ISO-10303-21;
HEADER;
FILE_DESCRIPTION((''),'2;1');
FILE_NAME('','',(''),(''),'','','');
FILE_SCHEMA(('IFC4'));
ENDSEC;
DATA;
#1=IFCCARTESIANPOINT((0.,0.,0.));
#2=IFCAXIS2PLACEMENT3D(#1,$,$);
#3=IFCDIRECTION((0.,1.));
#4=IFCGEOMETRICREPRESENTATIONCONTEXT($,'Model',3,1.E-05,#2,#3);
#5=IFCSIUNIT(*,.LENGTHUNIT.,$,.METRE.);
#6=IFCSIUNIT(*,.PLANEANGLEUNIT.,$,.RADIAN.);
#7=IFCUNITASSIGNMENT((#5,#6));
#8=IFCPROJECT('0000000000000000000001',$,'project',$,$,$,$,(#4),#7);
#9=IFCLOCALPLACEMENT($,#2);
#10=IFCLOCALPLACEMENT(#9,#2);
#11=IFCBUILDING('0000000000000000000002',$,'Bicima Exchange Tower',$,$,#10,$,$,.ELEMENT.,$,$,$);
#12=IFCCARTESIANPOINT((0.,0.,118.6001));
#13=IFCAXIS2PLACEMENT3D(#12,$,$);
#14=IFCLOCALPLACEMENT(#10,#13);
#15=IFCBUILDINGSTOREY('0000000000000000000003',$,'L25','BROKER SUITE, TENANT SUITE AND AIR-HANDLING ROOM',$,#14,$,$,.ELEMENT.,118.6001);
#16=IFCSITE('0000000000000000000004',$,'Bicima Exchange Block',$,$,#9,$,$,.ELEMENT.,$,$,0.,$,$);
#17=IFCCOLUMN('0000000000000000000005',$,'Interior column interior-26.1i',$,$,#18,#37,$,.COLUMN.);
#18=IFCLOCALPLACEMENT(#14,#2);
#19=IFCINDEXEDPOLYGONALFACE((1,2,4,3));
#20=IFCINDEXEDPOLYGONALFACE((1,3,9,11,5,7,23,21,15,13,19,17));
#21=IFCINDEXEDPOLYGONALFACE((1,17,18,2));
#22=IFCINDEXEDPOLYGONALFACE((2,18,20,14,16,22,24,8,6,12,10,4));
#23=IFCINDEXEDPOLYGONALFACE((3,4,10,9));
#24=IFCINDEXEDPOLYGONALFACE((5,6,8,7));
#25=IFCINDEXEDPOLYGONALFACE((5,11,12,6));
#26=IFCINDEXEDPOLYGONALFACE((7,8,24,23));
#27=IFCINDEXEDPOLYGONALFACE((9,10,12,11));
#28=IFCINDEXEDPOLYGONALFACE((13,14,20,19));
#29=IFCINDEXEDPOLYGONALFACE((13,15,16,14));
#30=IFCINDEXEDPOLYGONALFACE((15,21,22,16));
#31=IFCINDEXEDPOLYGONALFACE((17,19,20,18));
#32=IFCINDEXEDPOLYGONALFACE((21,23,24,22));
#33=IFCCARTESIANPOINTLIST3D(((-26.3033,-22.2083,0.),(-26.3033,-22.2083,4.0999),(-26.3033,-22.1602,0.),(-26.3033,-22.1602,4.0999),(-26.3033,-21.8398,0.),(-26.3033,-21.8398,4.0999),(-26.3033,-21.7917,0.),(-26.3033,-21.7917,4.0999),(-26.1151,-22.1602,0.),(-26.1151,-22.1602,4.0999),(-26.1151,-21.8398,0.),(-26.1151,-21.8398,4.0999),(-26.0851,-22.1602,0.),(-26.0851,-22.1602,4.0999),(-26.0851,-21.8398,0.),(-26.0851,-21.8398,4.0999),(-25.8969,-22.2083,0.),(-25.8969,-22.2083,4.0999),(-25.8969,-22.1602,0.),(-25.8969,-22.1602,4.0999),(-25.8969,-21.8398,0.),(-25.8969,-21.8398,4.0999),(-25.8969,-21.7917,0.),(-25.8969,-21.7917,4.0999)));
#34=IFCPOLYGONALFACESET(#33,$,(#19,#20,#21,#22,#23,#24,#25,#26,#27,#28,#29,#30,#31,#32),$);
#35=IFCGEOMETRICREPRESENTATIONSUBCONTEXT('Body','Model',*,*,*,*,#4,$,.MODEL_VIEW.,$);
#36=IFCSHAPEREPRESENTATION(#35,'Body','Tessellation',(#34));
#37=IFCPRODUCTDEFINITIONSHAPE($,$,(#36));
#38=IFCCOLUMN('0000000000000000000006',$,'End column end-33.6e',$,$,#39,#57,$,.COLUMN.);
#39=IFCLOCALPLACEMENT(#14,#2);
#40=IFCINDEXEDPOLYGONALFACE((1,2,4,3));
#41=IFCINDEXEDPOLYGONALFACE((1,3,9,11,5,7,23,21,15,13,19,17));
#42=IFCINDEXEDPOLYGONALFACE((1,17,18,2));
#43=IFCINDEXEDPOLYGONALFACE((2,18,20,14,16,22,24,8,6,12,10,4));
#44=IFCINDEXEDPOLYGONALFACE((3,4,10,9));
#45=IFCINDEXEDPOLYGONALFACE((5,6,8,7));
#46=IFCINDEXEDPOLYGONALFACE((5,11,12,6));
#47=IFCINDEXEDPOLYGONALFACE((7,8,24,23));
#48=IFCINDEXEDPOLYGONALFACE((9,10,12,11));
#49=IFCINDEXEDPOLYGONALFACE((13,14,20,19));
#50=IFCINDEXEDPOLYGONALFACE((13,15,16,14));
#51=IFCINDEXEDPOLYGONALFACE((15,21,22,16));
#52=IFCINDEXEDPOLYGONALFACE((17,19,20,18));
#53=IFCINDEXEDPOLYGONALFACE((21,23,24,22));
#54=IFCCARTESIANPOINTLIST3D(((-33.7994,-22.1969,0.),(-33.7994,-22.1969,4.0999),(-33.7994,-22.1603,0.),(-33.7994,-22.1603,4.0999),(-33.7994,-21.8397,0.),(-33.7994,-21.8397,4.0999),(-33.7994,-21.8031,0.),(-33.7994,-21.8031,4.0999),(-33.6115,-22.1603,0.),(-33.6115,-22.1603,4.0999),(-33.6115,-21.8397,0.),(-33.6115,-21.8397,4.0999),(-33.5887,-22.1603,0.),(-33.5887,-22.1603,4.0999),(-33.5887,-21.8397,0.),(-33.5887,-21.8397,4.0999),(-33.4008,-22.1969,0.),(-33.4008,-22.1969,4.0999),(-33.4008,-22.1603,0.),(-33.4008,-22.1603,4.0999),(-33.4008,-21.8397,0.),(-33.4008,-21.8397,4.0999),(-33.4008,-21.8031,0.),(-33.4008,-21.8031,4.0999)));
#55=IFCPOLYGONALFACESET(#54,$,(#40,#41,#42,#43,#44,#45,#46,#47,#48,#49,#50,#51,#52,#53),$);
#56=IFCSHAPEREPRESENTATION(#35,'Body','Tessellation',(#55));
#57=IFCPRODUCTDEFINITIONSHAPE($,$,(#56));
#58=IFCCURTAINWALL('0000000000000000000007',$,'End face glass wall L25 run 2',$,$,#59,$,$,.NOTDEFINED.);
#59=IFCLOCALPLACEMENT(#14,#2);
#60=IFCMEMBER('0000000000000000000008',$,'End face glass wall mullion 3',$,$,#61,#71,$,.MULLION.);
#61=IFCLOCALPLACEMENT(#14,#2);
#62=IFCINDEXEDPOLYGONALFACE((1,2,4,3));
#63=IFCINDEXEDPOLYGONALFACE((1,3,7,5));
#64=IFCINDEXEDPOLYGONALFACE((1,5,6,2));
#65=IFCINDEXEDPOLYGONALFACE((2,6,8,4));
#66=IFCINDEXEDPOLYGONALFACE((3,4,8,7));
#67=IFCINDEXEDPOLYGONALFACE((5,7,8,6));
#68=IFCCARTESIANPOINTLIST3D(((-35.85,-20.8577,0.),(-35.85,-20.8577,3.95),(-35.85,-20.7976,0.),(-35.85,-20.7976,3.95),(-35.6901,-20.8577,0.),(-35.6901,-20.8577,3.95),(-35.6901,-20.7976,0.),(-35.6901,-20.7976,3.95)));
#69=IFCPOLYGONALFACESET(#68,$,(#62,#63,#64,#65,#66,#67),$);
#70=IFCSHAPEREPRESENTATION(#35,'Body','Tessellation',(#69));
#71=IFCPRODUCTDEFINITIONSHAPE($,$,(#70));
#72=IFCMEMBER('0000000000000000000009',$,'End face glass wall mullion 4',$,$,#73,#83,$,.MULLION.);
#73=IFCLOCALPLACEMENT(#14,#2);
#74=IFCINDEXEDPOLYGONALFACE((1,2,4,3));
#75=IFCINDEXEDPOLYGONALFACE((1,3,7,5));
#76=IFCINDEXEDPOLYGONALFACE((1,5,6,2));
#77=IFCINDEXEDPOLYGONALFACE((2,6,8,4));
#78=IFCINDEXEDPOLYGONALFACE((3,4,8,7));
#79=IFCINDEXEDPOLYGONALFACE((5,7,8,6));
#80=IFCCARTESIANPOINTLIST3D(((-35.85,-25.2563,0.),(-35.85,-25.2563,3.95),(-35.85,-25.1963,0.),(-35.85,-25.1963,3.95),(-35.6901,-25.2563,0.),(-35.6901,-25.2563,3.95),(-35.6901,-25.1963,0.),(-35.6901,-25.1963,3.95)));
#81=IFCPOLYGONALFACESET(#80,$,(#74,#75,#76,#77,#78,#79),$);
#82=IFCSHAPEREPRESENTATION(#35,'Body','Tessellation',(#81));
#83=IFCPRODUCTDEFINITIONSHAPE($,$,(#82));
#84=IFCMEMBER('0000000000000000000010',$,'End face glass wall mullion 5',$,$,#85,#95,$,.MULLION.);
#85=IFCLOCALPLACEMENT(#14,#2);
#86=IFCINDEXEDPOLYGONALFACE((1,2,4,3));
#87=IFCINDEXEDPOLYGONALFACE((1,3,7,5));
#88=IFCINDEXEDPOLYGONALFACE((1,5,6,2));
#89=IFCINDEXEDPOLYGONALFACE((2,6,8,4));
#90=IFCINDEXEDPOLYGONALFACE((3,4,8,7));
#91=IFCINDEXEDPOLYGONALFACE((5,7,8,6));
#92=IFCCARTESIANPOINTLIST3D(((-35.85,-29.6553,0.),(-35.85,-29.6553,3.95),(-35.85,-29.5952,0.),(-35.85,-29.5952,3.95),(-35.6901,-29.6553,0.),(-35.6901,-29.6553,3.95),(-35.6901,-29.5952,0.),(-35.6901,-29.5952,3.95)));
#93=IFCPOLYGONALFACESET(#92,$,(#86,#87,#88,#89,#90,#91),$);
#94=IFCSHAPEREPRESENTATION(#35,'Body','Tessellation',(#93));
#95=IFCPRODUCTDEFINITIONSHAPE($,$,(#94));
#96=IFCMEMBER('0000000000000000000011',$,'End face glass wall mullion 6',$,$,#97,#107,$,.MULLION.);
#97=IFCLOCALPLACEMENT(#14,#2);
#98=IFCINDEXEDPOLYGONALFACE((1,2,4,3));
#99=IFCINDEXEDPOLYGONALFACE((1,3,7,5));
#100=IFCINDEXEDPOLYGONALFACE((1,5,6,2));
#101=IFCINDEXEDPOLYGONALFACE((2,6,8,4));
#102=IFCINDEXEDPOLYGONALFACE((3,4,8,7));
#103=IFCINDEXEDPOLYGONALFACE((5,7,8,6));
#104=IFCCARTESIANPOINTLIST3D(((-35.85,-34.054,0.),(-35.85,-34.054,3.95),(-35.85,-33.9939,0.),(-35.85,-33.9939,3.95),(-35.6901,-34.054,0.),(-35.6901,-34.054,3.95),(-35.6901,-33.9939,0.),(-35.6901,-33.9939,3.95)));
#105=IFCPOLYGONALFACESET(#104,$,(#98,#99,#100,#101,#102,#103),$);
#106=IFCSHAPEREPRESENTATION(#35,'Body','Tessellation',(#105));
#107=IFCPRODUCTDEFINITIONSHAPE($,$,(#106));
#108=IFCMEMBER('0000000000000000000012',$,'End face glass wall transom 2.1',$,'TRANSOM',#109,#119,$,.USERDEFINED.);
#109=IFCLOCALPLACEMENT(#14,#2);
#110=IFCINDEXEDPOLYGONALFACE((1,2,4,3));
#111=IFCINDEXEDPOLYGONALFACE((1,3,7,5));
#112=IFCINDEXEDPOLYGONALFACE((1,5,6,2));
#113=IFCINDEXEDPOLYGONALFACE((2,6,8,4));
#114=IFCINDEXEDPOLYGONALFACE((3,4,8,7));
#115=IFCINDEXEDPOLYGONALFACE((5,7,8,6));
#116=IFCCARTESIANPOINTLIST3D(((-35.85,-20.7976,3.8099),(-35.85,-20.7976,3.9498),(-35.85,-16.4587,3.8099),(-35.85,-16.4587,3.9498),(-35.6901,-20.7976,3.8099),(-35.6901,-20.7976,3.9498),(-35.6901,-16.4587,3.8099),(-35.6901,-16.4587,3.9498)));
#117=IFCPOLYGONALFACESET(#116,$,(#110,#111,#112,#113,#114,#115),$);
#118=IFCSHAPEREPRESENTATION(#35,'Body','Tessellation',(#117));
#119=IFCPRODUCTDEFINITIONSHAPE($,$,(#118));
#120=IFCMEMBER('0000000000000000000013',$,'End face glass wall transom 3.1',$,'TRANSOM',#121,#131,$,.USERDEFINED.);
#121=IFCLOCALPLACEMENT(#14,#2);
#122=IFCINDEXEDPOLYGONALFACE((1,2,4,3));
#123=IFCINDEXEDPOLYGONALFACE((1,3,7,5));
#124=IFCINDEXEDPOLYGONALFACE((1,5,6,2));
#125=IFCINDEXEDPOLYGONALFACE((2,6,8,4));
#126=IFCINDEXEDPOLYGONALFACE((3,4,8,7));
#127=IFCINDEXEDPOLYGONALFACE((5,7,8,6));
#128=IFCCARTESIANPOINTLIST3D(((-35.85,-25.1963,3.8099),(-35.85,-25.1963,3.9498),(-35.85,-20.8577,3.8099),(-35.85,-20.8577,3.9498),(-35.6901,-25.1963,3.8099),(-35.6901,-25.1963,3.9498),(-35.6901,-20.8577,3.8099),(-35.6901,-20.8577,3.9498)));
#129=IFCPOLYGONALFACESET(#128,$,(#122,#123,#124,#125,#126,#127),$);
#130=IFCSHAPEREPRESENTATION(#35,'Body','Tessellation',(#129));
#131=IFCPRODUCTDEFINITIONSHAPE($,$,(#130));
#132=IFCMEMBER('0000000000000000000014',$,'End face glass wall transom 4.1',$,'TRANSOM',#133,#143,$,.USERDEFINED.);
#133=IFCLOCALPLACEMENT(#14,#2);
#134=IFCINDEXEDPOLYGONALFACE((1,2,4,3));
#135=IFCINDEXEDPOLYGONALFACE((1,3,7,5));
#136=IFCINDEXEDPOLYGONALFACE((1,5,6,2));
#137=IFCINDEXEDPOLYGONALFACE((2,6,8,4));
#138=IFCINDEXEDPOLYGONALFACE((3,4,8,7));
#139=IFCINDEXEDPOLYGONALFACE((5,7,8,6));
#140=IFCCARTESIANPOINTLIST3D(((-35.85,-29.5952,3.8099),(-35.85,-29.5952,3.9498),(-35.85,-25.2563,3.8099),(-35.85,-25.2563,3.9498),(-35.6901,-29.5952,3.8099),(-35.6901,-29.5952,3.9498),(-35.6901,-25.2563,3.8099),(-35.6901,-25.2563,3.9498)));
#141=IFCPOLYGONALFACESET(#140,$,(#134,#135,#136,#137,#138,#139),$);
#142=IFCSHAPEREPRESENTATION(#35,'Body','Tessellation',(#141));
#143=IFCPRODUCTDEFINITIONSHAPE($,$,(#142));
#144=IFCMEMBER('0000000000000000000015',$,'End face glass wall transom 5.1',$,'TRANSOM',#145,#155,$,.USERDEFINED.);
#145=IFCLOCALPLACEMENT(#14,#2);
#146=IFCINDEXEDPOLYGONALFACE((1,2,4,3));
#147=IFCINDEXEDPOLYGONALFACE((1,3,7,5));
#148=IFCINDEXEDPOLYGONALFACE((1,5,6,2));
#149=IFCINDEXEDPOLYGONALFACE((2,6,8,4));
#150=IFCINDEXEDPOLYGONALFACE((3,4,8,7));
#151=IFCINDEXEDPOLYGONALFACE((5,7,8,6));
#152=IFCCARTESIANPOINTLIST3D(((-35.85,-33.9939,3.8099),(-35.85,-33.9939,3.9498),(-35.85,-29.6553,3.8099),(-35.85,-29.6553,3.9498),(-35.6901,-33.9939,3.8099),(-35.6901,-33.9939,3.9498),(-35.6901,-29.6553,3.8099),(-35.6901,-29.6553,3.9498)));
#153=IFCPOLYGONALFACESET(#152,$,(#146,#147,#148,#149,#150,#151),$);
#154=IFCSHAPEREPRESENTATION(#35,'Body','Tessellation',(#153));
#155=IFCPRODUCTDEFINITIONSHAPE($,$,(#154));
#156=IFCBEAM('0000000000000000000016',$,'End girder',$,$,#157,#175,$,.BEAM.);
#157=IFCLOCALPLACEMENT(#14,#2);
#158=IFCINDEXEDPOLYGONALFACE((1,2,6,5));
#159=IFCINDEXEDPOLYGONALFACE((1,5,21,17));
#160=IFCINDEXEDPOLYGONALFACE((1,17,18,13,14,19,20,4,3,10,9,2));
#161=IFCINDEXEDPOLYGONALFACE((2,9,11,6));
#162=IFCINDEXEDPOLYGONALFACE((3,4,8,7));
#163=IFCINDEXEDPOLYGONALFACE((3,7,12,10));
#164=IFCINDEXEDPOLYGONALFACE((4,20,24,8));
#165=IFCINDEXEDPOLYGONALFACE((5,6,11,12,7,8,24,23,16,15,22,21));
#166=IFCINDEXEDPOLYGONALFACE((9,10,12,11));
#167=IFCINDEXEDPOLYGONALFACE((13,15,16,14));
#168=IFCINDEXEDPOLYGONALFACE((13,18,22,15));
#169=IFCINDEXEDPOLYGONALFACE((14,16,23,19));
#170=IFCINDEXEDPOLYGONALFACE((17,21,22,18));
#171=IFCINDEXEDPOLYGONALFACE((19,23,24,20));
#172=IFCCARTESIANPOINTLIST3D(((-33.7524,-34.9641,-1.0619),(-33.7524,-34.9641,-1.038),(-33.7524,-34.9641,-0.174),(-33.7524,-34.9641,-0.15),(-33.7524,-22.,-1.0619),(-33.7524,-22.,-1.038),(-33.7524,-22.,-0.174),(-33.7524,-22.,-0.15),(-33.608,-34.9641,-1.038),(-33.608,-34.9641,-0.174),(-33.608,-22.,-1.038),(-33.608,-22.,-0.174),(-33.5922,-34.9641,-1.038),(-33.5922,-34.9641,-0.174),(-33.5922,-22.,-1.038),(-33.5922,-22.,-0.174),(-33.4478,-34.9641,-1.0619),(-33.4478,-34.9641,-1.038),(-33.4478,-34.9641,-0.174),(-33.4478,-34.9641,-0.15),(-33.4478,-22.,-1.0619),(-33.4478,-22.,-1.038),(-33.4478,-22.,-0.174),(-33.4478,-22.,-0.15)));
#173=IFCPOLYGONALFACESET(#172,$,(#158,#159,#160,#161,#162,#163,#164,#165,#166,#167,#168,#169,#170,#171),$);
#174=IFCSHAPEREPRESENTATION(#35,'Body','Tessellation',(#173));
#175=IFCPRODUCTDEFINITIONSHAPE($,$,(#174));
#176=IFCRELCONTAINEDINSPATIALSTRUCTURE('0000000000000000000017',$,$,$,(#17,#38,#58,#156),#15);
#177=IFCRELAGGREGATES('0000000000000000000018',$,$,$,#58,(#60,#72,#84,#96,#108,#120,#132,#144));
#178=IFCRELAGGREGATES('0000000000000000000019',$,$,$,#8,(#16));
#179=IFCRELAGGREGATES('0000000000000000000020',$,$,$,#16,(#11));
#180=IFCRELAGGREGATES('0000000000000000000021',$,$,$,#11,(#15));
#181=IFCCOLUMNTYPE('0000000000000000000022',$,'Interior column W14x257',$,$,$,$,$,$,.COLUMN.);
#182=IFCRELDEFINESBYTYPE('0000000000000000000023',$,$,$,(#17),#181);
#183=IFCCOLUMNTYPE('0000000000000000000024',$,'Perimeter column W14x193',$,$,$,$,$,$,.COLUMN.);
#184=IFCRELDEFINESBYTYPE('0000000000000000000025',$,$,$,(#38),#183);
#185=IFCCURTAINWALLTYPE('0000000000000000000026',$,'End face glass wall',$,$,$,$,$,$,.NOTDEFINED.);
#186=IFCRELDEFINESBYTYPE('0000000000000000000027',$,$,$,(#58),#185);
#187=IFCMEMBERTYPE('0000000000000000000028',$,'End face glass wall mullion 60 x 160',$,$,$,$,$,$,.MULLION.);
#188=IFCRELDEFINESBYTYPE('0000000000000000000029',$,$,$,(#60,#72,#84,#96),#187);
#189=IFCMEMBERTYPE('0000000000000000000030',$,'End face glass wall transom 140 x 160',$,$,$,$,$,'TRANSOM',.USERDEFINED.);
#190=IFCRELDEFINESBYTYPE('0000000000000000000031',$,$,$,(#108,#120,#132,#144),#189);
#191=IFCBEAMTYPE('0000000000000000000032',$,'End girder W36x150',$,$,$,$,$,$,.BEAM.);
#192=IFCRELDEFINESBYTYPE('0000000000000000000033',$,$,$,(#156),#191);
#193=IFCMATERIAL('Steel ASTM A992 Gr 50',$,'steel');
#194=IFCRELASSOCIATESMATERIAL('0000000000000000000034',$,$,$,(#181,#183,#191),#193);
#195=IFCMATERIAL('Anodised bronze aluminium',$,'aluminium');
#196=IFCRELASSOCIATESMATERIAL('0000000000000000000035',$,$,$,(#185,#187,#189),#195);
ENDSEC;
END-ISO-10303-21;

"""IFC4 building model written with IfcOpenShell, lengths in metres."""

from ifc_helpers import new_model, si_unit, direction, frame, origin, origin_2d, place, context, subcontext, project, spatial, rectangle, i_section, extrude, material, material_profile, profile_set, type_object, element, aggregate, save


model = new_model("IFC4")

# Units and contexts
model_context = context("Model", 3, precision=1e-05, world=origin(), true_north=direction((0.0, 1.0)))
body_context = subcontext(model_context, "Body", "Model", "MODEL_VIEW")
ifc_project = project(units=[si_unit("LENGTHUNIT", "METRE"), si_unit("PLANEANGLEUNIT", "RADIAN")], contexts=[model_context])

# Site, building, storey
site_placement = place(None, origin())
site = spatial("IfcSite", under=ifc_project, at=site_placement, Name="Bicima Exchange Block", CompositionType="ELEMENT", RefElevation=0.0)
building_placement = place(site_placement, origin())
building = spatial("IfcBuilding", under=site, at=building_placement, Name="Bicima Exchange Tower", CompositionType="ELEMENT")
storey_placement = place(building_placement, frame((0.0, 0.0, 118.6001)))
storey = spatial("IfcBuildingStorey", under=building, at=storey_placement, Name="L25", Description="BROKER SUITE, TENANT SUITE AND AIR-HANDLING ROOM", CompositionType="ELEMENT", Elevation=118.6001)

# Columns
ifc_material_1 = material(Name="Steel ASTM A992 Gr 50", Category="steel")
ifc_material_profile_1 = material_profile(ifc_material_1, i_section(OverallWidth=0.4065, OverallDepth=0.4165, WebThickness=0.03, FlangeThickness=0.0481, at=origin_2d()))
ifc_profile_set_1 = profile_set([ifc_material_profile_1], Name="Steel ASTM A992 Gr 50")
column_type_1 = type_object("IfcColumnType", Name="Interior column W14x257", PredefinedType="COLUMN", material=ifc_profile_set_1)
column_1_placement = place(storey_placement, frame((-26.1001, -22.0, 0.0), z_axis=(0.0, 0.0, 1.0), x_axis=(1.0, 0.0, 0.0)))
element("IfcColumn", 1, at=column_1_placement, inside=storey, type_object=column_type_1, Name="Interior column interior-26.1i", PredefinedType="COLUMN", context=body_context, shape_type="SweptSolid", body=[
    extrude(i_section(OverallWidth=0.4065, OverallDepth=0.4165, WebThickness=0.03, FlangeThickness=0.0481, at=origin_2d()), origin(), (0.0, 0.0, 1.0), 4.0999),
])
ifc_material_profile_2 = material_profile(ifc_material_1, i_section(OverallWidth=0.3987, OverallDepth=0.3938, WebThickness=0.0227, FlangeThickness=0.0366, at=origin_2d()))
ifc_profile_set_2 = profile_set([ifc_material_profile_2], Name="Steel ASTM A992 Gr 50")
column_type_2 = type_object("IfcColumnType", Name="Perimeter column W14x193", PredefinedType="COLUMN", material=ifc_profile_set_2)
column_2_placement = place(storey_placement, frame((-33.6001, -22.0, 0.0), z_axis=(0.0, 0.0, 1.0), x_axis=(1.0, 0.0, 0.0)))
element("IfcColumn", 2, at=column_2_placement, inside=storey, type_object=column_type_2, Name="End column end-33.6e", PredefinedType="COLUMN", context=body_context, shape_type="SweptSolid", body=[
    extrude(i_section(OverallWidth=0.3987, OverallDepth=0.3938, WebThickness=0.0227, FlangeThickness=0.0366, at=origin_2d()), origin(), (0.0, 0.0, 1.0), 4.0999),
])

# Curtain wall, members
ifc_material_2 = material(Name="Anodised bronze aluminium", Category="aluminium")
curtain_wall_type_1 = type_object("IfcCurtainWallType", Name="End face glass wall", PredefinedType="NOTDEFINED", material=ifc_material_2)
curtain_wall_1_placement = place(storey_placement, origin())
curtain_wall_1 = element("IfcCurtainWall", 3, at=curtain_wall_1_placement, inside=storey, type_object=curtain_wall_type_1, Name="End face glass wall L25 run 2", PredefinedType="NOTDEFINED")
ifc_material_profile_3 = material_profile(ifc_material_2, rectangle(XDim=0.1599, YDim=0.0601, at=origin_2d()))
ifc_profile_set_3 = profile_set([ifc_material_profile_3], Name="Anodised bronze aluminium")
member_type_1 = type_object("IfcMemberType", Name="End face glass wall mullion 60 x 160", PredefinedType="MULLION", material=ifc_profile_set_3)
member_1_placement = place(storey_placement, frame((-35.77, -20.8276, 0.0), z_axis=(0.0, 0.0, 1.0), x_axis=(1.0, 0.0, 0.0)))
member_1 = element("IfcMember", 4, at=member_1_placement, type_object=member_type_1, Name="End face glass wall mullion 3", PredefinedType="MULLION", context=body_context, shape_type="SweptSolid", body=[
    extrude(rectangle(XDim=0.1599, YDim=0.0601, at=origin_2d()), origin(), (0.0, 0.0, 1.0), 3.95),
])
member_2_placement = place(storey_placement, frame((-35.77, -25.2263, 0.0), z_axis=(0.0, 0.0, 1.0), x_axis=(1.0, 0.0, 0.0)))
member_2 = element("IfcMember", 5, at=member_2_placement, type_object=member_type_1, Name="End face glass wall mullion 4", PredefinedType="MULLION", context=body_context, shape_type="SweptSolid", body=[
    extrude(rectangle(XDim=0.1599, YDim=0.0601, at=origin_2d()), origin(), (0.0, 0.0, 1.0), 3.95),
])
member_3_placement = place(storey_placement, frame((-35.77, -29.6252, 0.0), z_axis=(0.0, 0.0, 1.0), x_axis=(1.0, 0.0, 0.0)))
member_3 = element("IfcMember", 6, at=member_3_placement, type_object=member_type_1, Name="End face glass wall mullion 5", PredefinedType="MULLION", context=body_context, shape_type="SweptSolid", body=[
    extrude(rectangle(XDim=0.1599, YDim=0.0601, at=origin_2d()), origin(), (0.0, 0.0, 1.0), 3.95),
])
member_4_placement = place(storey_placement, frame((-35.77, -34.0239, 0.0), z_axis=(0.0, 0.0, 1.0), x_axis=(1.0, 0.0, 0.0)))
member_4 = element("IfcMember", 7, at=member_4_placement, type_object=member_type_1, Name="End face glass wall mullion 6", PredefinedType="MULLION", context=body_context, shape_type="SweptSolid", body=[
    extrude(rectangle(XDim=0.1599, YDim=0.0601, at=origin_2d()), origin(), (0.0, 0.0, 1.0), 3.95),
])
ifc_material_profile_4 = material_profile(ifc_material_2, rectangle(XDim=0.1599, YDim=0.1399, at=origin_2d()))
ifc_profile_set_4 = profile_set([ifc_material_profile_4], Name="Anodised bronze aluminium")
member_type_2 = type_object("IfcMemberType", Name="End face glass wall transom 140 x 160", ElementType="TRANSOM", PredefinedType="USERDEFINED", material=ifc_profile_set_4)
member_5_placement = place(storey_placement, frame((-35.77, -16.4587, 3.8799), z_axis=(0.0, -1.0, 0.0), x_axis=(1.0, 0.0, 0.0)))
member_5 = element("IfcMember", 8, at=member_5_placement, type_object=member_type_2, Name="End face glass wall transom 2.1", ObjectType="TRANSOM", PredefinedType="USERDEFINED", context=body_context, shape_type="SweptSolid", body=[
    extrude(rectangle(XDim=0.1599, YDim=0.1399, at=origin_2d()), origin(), (0.0, 0.0, 1.0), 4.3389),
])
member_6_placement = place(storey_placement, frame((-35.77, -20.8577, 3.8799), z_axis=(0.0, -1.0, 0.0), x_axis=(1.0, 0.0, 0.0)))
member_6 = element("IfcMember", 9, at=member_6_placement, type_object=member_type_2, Name="End face glass wall transom 3.1", ObjectType="TRANSOM", PredefinedType="USERDEFINED", context=body_context, shape_type="SweptSolid", body=[
    extrude(rectangle(XDim=0.1599, YDim=0.1399, at=origin_2d()), origin(), (0.0, 0.0, 1.0), 4.3386),
])
member_7_placement = place(storey_placement, frame((-35.77, -25.2563, 3.8799), z_axis=(0.0, -1.0, 0.0), x_axis=(1.0, 0.0, 0.0)))
member_7 = element("IfcMember", 10, at=member_7_placement, type_object=member_type_2, Name="End face glass wall transom 4.1", ObjectType="TRANSOM", PredefinedType="USERDEFINED", context=body_context, shape_type="SweptSolid", body=[
    extrude(rectangle(XDim=0.1599, YDim=0.1399, at=origin_2d()), origin(), (0.0, 0.0, 1.0), 4.3389),
])
member_8_placement = place(storey_placement, frame((-35.77, -29.6553, 3.8799), z_axis=(0.0, -1.0, 0.0), x_axis=(1.0, 0.0, 0.0)))
member_8 = element("IfcMember", 11, at=member_8_placement, type_object=member_type_2, Name="End face glass wall transom 5.1", ObjectType="TRANSOM", PredefinedType="USERDEFINED", context=body_context, shape_type="SweptSolid", body=[
    extrude(rectangle(XDim=0.1599, YDim=0.1399, at=origin_2d()), origin(), (0.0, 0.0, 1.0), 4.3386),
])

# Beam
ifc_material_profile_5 = material_profile(ifc_material_1, i_section(OverallWidth=0.3047, OverallDepth=0.9119, WebThickness=0.0159, FlangeThickness=0.0239, at=origin_2d()))
ifc_profile_set_5 = profile_set([ifc_material_profile_5], Name="Steel ASTM A992 Gr 50")
beam_type_1 = type_object("IfcBeamType", Name="End girder W36x150", PredefinedType="BEAM", material=ifc_profile_set_5)
beam_1_placement = place(storey_placement, frame((-33.6001, -22.0, -0.606), z_axis=(0.0, -1.0, 0.0), x_axis=(1.0, 0.0, 0.0)))
element("IfcBeam", 12, at=beam_1_placement, inside=storey, type_object=beam_type_1, Name="End girder", PredefinedType="BEAM", context=body_context, shape_type="SweptSolid", body=[
    extrude(i_section(OverallWidth=0.3047, OverallDepth=0.9119, WebThickness=0.0159, FlangeThickness=0.0239, at=origin_2d()), origin(), (0.0, 0.0, 1.0), 12.9641),
])

aggregate(curtain_wall_1, [member_1, member_2, member_3, member_4, member_5, member_6, member_7, member_8])

save(model, "model.ifc")
